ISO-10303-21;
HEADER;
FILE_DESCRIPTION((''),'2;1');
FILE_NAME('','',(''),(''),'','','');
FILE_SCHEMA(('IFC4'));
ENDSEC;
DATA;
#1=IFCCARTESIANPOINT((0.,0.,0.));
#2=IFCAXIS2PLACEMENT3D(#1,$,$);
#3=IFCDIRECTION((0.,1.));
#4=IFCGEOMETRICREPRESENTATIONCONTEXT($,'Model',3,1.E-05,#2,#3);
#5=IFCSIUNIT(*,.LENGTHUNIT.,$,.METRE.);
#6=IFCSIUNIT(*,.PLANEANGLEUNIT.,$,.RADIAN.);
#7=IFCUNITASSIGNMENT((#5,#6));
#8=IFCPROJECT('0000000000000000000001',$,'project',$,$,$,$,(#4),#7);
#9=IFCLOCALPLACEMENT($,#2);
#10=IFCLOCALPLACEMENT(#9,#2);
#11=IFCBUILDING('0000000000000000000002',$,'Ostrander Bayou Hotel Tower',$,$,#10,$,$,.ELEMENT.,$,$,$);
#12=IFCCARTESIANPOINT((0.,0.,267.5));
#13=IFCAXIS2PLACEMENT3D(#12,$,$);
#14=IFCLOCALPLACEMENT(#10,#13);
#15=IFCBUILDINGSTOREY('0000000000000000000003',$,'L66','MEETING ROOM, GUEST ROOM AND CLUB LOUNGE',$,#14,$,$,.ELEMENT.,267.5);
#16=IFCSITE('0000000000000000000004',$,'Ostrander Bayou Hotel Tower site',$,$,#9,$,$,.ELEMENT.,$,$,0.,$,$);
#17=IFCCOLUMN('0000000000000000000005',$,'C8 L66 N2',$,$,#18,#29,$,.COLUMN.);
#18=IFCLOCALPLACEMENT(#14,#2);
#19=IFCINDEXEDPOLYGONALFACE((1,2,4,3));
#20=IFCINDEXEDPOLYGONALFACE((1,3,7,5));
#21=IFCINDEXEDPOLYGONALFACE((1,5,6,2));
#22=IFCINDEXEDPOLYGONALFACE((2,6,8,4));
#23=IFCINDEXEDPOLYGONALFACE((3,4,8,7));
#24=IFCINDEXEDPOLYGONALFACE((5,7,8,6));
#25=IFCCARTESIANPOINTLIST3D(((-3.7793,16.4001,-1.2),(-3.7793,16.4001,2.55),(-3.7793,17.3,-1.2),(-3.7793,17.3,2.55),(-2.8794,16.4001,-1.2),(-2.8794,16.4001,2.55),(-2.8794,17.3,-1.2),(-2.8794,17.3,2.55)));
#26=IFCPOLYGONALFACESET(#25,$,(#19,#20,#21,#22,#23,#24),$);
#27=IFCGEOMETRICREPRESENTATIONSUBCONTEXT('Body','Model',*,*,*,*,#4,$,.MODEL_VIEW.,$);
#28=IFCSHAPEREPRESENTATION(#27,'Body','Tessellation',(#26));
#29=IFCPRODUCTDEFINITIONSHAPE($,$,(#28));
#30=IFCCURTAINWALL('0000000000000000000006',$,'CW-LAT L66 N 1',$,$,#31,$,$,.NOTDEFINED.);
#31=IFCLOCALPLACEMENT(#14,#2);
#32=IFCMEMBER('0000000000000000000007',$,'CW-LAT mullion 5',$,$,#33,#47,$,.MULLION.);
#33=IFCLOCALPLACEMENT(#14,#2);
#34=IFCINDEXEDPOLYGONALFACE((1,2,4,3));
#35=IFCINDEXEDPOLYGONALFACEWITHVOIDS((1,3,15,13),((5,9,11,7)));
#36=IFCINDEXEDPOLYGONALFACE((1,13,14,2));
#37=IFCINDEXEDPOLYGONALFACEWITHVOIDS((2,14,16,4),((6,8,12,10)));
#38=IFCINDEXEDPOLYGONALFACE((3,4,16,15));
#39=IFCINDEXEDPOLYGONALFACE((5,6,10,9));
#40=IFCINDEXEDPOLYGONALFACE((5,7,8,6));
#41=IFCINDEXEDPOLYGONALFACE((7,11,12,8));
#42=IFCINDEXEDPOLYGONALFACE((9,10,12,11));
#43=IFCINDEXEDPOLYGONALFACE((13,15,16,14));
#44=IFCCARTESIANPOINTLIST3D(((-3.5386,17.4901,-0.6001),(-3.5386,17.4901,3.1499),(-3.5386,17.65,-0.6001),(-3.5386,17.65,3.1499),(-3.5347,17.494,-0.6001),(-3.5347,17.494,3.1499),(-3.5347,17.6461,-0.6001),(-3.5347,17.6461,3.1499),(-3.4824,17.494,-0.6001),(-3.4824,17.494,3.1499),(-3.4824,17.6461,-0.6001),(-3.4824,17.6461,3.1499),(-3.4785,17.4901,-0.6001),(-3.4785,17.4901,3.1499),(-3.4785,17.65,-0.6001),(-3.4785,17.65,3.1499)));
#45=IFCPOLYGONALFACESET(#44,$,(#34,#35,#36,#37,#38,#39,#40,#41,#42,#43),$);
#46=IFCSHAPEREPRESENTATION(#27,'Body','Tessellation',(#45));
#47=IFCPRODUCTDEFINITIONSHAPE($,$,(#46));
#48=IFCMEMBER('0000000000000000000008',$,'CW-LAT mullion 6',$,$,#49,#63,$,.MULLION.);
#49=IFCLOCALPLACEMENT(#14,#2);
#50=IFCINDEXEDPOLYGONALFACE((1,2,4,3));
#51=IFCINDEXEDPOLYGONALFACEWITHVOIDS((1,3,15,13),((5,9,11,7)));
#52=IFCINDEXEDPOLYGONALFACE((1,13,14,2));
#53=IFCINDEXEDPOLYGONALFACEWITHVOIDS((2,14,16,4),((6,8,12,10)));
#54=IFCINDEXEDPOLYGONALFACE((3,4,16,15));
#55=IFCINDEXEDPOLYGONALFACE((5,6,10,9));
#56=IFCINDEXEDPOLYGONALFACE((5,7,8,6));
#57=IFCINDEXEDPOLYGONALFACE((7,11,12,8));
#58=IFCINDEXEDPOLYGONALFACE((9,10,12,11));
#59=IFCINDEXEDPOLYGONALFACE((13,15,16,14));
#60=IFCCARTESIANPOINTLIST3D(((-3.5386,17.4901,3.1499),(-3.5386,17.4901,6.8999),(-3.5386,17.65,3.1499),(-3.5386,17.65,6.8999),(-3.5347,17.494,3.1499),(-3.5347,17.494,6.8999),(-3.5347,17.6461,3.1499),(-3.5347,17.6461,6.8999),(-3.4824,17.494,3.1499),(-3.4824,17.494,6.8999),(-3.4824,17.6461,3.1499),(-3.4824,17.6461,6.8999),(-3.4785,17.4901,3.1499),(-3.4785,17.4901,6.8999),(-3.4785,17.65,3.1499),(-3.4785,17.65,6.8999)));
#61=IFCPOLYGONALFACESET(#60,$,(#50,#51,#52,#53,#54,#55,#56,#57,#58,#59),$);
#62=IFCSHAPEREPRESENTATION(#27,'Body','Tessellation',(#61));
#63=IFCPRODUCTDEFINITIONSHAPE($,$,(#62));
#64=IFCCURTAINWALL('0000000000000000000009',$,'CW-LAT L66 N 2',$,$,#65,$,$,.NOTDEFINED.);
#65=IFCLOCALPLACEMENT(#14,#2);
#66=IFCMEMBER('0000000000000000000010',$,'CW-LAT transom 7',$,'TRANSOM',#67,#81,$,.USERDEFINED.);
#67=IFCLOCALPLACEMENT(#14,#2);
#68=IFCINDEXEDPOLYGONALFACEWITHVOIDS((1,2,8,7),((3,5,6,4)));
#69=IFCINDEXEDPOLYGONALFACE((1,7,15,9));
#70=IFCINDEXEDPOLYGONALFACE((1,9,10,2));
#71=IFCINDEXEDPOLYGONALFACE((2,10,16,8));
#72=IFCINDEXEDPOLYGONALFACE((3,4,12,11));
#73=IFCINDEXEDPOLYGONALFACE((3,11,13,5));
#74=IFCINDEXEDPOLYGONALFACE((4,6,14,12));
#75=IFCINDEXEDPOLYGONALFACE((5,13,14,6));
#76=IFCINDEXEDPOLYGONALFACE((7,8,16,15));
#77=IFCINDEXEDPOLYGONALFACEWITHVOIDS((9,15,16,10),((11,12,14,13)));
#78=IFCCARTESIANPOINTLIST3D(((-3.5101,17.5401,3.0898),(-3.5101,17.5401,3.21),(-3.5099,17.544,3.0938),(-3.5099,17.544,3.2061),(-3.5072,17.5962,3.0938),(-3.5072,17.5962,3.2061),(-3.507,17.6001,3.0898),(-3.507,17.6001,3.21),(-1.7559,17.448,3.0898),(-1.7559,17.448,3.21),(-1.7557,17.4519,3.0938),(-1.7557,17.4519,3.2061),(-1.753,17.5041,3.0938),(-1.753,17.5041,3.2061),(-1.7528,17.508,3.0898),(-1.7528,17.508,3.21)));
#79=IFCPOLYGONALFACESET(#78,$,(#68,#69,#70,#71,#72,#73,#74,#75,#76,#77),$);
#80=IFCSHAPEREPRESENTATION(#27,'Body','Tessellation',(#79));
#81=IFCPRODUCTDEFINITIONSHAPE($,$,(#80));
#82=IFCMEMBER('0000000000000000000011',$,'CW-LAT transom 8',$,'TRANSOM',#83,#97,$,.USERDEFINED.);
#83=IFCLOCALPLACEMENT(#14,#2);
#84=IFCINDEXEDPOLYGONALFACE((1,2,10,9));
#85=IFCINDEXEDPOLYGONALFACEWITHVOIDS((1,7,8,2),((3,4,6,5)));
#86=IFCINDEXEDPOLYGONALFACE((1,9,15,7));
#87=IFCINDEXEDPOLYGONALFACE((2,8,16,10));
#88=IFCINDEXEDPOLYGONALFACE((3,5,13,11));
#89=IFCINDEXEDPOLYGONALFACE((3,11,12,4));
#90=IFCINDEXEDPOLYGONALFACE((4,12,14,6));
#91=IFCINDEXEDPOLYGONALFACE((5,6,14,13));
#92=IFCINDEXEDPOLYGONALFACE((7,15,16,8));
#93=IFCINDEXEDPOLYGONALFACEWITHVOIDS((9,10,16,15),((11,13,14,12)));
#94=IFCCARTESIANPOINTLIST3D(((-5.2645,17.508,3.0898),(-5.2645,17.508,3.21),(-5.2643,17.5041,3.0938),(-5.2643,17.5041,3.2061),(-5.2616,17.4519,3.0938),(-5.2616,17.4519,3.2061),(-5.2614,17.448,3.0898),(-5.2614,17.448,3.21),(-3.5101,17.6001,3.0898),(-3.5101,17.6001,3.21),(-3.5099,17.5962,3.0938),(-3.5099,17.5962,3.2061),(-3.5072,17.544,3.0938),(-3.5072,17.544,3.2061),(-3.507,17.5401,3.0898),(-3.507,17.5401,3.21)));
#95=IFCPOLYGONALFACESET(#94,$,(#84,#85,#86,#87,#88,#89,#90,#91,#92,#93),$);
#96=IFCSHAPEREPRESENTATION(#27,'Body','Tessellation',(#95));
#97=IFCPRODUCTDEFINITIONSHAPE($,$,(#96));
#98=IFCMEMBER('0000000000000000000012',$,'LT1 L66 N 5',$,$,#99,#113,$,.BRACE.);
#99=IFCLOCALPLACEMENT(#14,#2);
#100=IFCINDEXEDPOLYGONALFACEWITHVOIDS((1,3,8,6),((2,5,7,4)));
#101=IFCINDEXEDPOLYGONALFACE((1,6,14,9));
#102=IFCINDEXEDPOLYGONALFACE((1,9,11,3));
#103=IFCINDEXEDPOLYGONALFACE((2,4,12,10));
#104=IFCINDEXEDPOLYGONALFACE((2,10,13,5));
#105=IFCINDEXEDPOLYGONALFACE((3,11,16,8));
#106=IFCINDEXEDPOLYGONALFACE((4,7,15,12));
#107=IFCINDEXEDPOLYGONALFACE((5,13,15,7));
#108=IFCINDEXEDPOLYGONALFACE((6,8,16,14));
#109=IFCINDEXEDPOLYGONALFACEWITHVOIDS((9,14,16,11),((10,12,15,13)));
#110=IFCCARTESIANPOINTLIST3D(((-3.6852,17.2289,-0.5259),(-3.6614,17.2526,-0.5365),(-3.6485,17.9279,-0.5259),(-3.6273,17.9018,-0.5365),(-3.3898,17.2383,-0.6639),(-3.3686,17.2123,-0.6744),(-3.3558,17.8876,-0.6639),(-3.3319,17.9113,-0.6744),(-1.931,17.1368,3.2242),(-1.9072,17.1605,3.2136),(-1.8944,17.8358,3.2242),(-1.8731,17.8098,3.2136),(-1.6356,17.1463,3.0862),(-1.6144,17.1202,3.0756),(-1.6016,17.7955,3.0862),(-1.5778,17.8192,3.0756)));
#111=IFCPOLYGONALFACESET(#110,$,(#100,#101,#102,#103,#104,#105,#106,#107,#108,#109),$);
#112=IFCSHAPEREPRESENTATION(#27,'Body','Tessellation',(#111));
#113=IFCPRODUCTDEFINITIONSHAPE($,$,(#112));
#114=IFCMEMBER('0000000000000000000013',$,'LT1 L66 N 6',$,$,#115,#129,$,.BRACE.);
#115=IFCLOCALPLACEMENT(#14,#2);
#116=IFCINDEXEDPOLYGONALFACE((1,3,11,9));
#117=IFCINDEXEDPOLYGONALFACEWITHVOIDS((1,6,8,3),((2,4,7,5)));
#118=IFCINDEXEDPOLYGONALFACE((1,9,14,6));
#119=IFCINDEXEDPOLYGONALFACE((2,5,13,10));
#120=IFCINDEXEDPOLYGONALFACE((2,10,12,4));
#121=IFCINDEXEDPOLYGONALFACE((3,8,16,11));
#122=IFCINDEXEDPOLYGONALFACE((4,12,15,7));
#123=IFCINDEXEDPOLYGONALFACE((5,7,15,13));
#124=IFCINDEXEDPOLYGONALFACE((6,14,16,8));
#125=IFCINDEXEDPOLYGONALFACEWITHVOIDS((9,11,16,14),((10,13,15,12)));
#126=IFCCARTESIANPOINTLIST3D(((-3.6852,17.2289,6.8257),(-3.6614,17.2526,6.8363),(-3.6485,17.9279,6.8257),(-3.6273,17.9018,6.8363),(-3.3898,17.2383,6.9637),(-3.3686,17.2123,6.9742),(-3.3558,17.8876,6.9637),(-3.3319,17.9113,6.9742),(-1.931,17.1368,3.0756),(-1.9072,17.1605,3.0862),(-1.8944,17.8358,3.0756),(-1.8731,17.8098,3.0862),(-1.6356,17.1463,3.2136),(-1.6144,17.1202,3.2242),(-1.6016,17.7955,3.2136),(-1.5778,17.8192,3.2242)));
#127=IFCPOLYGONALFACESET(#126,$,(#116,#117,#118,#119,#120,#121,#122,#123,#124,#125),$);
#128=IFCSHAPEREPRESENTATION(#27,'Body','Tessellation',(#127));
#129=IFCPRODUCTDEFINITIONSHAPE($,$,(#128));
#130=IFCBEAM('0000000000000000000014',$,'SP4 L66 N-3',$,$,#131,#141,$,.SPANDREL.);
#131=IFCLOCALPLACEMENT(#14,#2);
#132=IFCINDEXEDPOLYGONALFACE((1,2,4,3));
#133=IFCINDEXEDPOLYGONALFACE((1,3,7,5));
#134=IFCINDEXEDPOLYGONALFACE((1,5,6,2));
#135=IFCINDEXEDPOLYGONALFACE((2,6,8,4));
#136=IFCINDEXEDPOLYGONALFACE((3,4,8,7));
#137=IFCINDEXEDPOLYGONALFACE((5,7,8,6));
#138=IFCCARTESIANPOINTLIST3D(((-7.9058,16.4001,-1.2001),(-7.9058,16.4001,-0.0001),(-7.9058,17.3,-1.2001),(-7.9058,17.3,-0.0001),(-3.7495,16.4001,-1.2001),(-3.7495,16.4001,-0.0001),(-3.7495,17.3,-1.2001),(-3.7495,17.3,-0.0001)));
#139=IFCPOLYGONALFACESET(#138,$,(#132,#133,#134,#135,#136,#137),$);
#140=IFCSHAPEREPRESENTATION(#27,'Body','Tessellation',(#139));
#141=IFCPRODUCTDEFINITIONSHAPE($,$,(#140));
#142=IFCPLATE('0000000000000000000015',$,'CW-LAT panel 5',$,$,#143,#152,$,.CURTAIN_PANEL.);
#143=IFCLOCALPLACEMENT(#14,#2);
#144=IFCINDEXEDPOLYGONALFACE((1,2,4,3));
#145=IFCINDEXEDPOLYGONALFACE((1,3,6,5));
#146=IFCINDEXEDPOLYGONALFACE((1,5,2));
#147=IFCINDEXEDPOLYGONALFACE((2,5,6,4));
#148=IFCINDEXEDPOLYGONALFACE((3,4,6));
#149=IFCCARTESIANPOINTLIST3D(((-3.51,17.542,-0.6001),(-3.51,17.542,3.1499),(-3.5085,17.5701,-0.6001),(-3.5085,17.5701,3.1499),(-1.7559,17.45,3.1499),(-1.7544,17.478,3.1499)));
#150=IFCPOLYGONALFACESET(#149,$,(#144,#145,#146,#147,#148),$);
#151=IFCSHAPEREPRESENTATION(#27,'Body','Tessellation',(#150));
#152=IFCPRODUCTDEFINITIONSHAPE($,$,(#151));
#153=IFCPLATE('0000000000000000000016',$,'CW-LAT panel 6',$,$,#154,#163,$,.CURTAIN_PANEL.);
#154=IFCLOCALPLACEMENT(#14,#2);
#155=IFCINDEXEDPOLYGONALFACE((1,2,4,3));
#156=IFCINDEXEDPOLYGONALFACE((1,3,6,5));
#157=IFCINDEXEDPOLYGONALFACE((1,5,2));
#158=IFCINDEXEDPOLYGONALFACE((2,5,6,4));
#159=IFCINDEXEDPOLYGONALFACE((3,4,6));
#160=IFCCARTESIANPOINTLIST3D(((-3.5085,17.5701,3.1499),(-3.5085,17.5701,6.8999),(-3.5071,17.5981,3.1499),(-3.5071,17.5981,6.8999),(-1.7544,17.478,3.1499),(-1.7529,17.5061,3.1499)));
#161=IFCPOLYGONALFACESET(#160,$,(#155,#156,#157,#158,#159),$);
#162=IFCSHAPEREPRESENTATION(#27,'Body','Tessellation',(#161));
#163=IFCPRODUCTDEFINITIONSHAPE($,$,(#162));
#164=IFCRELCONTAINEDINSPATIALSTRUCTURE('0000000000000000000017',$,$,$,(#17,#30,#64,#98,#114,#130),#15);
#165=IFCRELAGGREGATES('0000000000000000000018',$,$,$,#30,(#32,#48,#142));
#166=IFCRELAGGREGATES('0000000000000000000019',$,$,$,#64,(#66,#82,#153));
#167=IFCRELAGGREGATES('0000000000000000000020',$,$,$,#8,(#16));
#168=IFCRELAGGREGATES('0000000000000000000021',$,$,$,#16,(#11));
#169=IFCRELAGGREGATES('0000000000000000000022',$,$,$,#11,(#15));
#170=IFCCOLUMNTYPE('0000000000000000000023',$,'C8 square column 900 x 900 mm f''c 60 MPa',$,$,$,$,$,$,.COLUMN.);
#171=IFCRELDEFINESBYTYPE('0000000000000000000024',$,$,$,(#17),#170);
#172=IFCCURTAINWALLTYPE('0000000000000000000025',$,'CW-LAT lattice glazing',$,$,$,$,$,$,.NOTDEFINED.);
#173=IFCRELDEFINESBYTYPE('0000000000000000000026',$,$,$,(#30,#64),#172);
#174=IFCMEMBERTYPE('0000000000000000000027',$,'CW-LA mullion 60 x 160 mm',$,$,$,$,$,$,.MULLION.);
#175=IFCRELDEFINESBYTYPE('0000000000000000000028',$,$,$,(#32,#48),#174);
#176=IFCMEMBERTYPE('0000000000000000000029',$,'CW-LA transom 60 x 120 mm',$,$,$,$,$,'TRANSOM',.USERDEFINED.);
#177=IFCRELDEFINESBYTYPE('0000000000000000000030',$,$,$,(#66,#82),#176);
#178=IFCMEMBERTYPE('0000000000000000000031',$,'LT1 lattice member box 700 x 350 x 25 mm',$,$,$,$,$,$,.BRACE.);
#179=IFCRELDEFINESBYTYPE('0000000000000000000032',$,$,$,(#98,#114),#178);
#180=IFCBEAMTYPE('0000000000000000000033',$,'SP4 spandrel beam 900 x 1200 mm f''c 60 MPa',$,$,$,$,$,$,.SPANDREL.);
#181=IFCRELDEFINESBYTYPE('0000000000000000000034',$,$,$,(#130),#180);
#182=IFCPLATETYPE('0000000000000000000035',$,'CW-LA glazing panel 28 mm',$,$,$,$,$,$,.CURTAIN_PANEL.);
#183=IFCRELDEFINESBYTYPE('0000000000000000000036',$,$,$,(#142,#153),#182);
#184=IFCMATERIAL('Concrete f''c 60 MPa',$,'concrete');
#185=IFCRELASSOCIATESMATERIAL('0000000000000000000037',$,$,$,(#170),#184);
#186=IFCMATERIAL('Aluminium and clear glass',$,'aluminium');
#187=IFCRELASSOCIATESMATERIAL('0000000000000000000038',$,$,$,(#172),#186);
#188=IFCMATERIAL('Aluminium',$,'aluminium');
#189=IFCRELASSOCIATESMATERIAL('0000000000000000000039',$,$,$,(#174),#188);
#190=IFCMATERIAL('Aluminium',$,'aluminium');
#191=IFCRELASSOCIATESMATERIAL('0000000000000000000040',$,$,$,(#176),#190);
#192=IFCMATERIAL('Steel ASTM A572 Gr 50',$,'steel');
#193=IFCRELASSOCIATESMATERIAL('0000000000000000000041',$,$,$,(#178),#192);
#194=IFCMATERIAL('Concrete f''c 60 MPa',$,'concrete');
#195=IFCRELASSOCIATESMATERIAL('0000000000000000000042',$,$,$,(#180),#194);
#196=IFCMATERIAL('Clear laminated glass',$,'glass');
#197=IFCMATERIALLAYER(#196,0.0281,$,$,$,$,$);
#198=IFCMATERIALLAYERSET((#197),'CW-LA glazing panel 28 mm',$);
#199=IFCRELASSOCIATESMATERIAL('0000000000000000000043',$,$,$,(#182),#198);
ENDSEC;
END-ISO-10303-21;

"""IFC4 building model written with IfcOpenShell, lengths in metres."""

from ifc_helpers import new_model, si_unit, direction, frame, origin, origin_2d, place, context, subcontext, project, spatial, polyline, rectangle, hollow_rectangle, outline, extrude, material, layer, layer_set, material_profile, profile_set, type_object, element, aggregate, save


model = new_model("IFC4")

# Units and contexts
model_context = context("Model", 3, precision=1e-05, world=origin(), true_north=direction((0.0, 1.0)))
body_context = subcontext(model_context, "Body", "Model", "MODEL_VIEW")
ifc_project = project(units=[si_unit("LENGTHUNIT", "METRE"), si_unit("PLANEANGLEUNIT", "RADIAN")], contexts=[model_context])

# Site, building, storey
site_placement = place(None, origin())
site = spatial("IfcSite", under=ifc_project, at=site_placement, Name="Ostrander Bayou Hotel Tower site", CompositionType="ELEMENT", RefElevation=0.0)
building_placement = place(site_placement, origin())
building = spatial("IfcBuilding", under=site, at=building_placement, Name="Ostrander Bayou Hotel Tower", CompositionType="ELEMENT")
storey_placement = place(building_placement, frame((0.0, 0.0, 267.5)))
storey = spatial("IfcBuildingStorey", under=building, at=storey_placement, Name="L66", Description="MEETING ROOM, GUEST ROOM AND CLUB LOUNGE", CompositionType="ELEMENT", Elevation=267.5)

# Column
ifc_material_1 = material(Name="Concrete f'c 60 MPa", Category="concrete")
ifc_material_profile_1 = material_profile(ifc_material_1, rectangle(XDim=0.8999, YDim=0.8999, at=origin_2d()))
ifc_profile_set_1 = profile_set([ifc_material_profile_1], Name="Concrete f'c 60 MPa")
column_type = type_object("IfcColumnType", Name="C8 square column 900 x 900 mm f'c 60 MPa", PredefinedType="COLUMN", material=ifc_profile_set_1)
column_placement = place(storey_placement, frame((-3.3293, 16.8501, -1.2), z_axis=(0.0, 0.0, 1.0), x_axis=(1.0, 0.0, 0.0)))
element("IfcColumn", 1, at=column_placement, inside=storey, type_object=column_type, Name="C8 L66 N2", PredefinedType="COLUMN", context=body_context, shape_type="SweptSolid", body=[
    extrude(rectangle(XDim=0.8999, YDim=0.8999, at=origin_2d()), origin(), (0.0, 0.0, 1.0), 3.75),
])

# Curtain walls, members
ifc_material_2 = material(Name="Aluminium and clear glass", Category="aluminium")
curtain_wall_type = type_object("IfcCurtainWallType", Name="CW-LAT lattice glazing", PredefinedType="NOTDEFINED", material=ifc_material_2)
curtain_wall_1_placement = place(storey_placement, origin())
curtain_wall_1 = element("IfcCurtainWall", 2, at=curtain_wall_1_placement, inside=storey, type_object=curtain_wall_type, Name="CW-LAT L66 N 1", PredefinedType="NOTDEFINED")
ifc_material_3 = material(Name="Aluminium", Category="aluminium")
ifc_material_profile_2 = material_profile(ifc_material_3, hollow_rectangle(XDim=0.0601, YDim=0.1599, WallThickness=0.0039, at=origin_2d()))
ifc_profile_set_2 = profile_set([ifc_material_profile_2], Name="Aluminium")
member_type_1 = type_object("IfcMemberType", Name="CW-LA mullion 60 x 160 mm", PredefinedType="MULLION", material=ifc_profile_set_2)
member_1_placement = place(storey_placement, frame((-3.5085, 17.5701, -0.6001), z_axis=(0.0, 0.0, 1.0), x_axis=(1.0, 0.0, 0.0)))
member_1 = element("IfcMember", 3, at=member_1_placement, type_object=member_type_1, Name="CW-LAT mullion 5", PredefinedType="MULLION", context=body_context, shape_type="SweptSolid", body=[
    extrude(hollow_rectangle(XDim=0.0601, YDim=0.1599, WallThickness=0.0039, at=origin_2d()), origin(), (0.0, 0.0, 1.0), 3.75),
])
member_2_placement = place(storey_placement, frame((-3.5085, 17.5701, 3.1499), z_axis=(0.0, 0.0, 1.0), x_axis=(1.0, 0.0, 0.0)))
member_2 = element("IfcMember", 4, at=member_2_placement, type_object=member_type_1, Name="CW-LAT mullion 6", PredefinedType="MULLION", context=body_context, shape_type="SweptSolid", body=[
    extrude(hollow_rectangle(XDim=0.0601, YDim=0.1599, WallThickness=0.0039, at=origin_2d()), origin(), (0.0, 0.0, 1.0), 3.75),
])
curtain_wall_2_placement = place(storey_placement, origin())
curtain_wall_2 = element("IfcCurtainWall", 5, at=curtain_wall_2_placement, inside=storey, type_object=curtain_wall_type, Name="CW-LAT L66 N 2", PredefinedType="NOTDEFINED")
ifc_material_4 = material(Name="Aluminium", Category="aluminium")
ifc_material_profile_3 = material_profile(ifc_material_4, hollow_rectangle(XDim=0.0601, YDim=0.1201, WallThickness=0.0039, at=origin_2d()))
ifc_profile_set_3 = profile_set([ifc_material_profile_3], Name="Aluminium")
member_type_2 = type_object("IfcMemberType", Name="CW-LA transom 60 x 120 mm", ElementType="TRANSOM", PredefinedType="USERDEFINED", material=ifc_profile_set_3)
member_3_placement = place(storey_placement, frame((-3.5085, 17.5701, 3.1499), z_axis=(0.998626, -0.052398, 0.0), x_axis=(0.052398, 0.998626, 0.0)))
member_3 = element("IfcMember", 6, at=member_3_placement, type_object=member_type_2, Name="CW-LAT transom 7", ObjectType="TRANSOM", PredefinedType="USERDEFINED", context=body_context, shape_type="SweptSolid", body=[
    extrude(hollow_rectangle(XDim=0.0601, YDim=0.1201, WallThickness=0.0039, at=origin_2d()), origin(), (0.0, 0.0, 1.0), 1.7566),
])
member_4_placement = place(storey_placement, frame((-3.5085, 17.5701, 3.1499), z_axis=(-0.998627, -0.052391, 0.0), x_axis=(0.052391, -0.998627, 0.0)))
member_4 = element("IfcMember", 7, at=member_4_placement, type_object=member_type_2, Name="CW-LAT transom 8", ObjectType="TRANSOM", PredefinedType="USERDEFINED", context=body_context, shape_type="SweptSolid", body=[
    extrude(hollow_rectangle(XDim=0.0601, YDim=0.1201, WallThickness=0.0039, at=origin_2d()), origin(), (0.0, 0.0, 1.0), 1.7568),
])

# Members
ifc_material_5 = material(Name="Steel ASTM A572 Gr 50", Category="steel")
ifc_material_profile_4 = material_profile(ifc_material_5, hollow_rectangle(XDim=0.7, YDim=0.3501, WallThickness=0.0249, at=origin_2d()))
ifc_profile_set_4 = profile_set([ifc_material_profile_4], Name="Steel ASTM A572 Gr 50")
member_type_3 = type_object("IfcMemberType", Name="LT1 lattice member box 700 x 350 x 25 mm", PredefinedType="BRACE", material=ifc_profile_set_4)
for number, where, z_axis, x_axis, name in (
    (8, (-1.7544, 17.478, 3.1499), (-0.423604, 0.022227, -0.905575), (-0.052398, -0.998626, 0.0), "LT1 L66 N 5"),
    (9, (-1.7544, 17.478, 3.1499), (-0.423604, 0.022227, 0.905575), (-0.052398, -0.998626, 0.0), "LT1 L66 N 6"),
):
    element("IfcMember", number, at=place(storey_placement, frame(where, z_axis=z_axis, x_axis=x_axis)), inside=storey, type_object=member_type_3, Name=name, PredefinedType="BRACE", context=body_context, shape_type="SweptSolid", body=[
        extrude(hollow_rectangle(XDim=0.7, YDim=0.3501, WallThickness=0.0249, at=origin_2d()), origin(), (0.0, 0.0, 1.0), 4.1411),
    ])

# Beam
ifc_material_6 = material(Name="Concrete f'c 60 MPa", Category="concrete")
ifc_material_profile_5 = material_profile(ifc_material_6, rectangle(XDim=0.8999, YDim=1.2, at=origin_2d()))
ifc_profile_set_5 = profile_set([ifc_material_profile_5], Name="Concrete f'c 60 MPa")
beam_type = type_object("IfcBeamType", Name="SP4 spandrel beam 900 x 1200 mm f'c 60 MPa", PredefinedType="SPANDREL", material=ifc_profile_set_5)
beam_placement = place(storey_placement, frame((-3.7495, 16.8501, -0.6001), z_axis=(-1.0, 0.0, 0.0), x_axis=(0.0, -1.0, 0.0)))
element("IfcBeam", 10, at=beam_placement, inside=storey, type_object=beam_type, Name="SP4 L66 N-3", PredefinedType="SPANDREL", context=body_context, shape_type="SweptSolid", body=[
    extrude(rectangle(XDim=0.8999, YDim=1.2, at=origin_2d()), origin(), (0.0, 0.0, 1.0), 4.1562),
])

# Plates
ifc_material_7 = material(Name="Clear laminated glass", Category="glass")
ifc_layer_1 = layer(ifc_material_7, 0.0281)
ifc_layer_set_1 = layer_set([ifc_layer_1], Name="CW-LA glazing panel 28 mm")
plate_type = type_object("IfcPlateType", Name="CW-LA glazing panel 28 mm", PredefinedType="CURTAIN_PANEL", material=ifc_layer_set_1)
plate_1_placement = place(storey_placement, frame((-1.7544, 17.478, 3.1499), z_axis=(0.052398, 0.998626, 0.0), x_axis=(-0.423604, 0.022227, -0.905575)))
plate_1 = element("IfcPlate", 11, at=plate_1_placement, type_object=plate_type, Name="CW-LAT panel 5", PredefinedType="CURTAIN_PANEL", context=body_context, shape_type="SweptSolid", body=[
    extrude(outline(polyline([(0.0, 0.0), (4.141, 0.0), (0.7451, 1.5907), (0.0, 0.0)])), origin(), (0.0, 0.0, -1.0), 0.0281),
])
aggregate(curtain_wall_1, [member_1, member_2, plate_1])
plate_2_placement = place(storey_placement, frame((-1.7544, 17.478, 3.1499), z_axis=(-0.052398, -0.998626, 0.0), x_axis=(-0.423604, 0.022227, 0.905575)))
plate_2 = element("IfcPlate", 12, at=plate_2_placement, type_object=plate_type, Name="CW-LAT panel 6", PredefinedType="CURTAIN_PANEL", context=body_context, shape_type="SweptSolid", body=[
    extrude(outline(polyline([(0.0, 0.0), (4.141, 0.0), (0.7451, 1.5907), (0.0, 0.0)])), origin(), (0.0, 0.0, -1.0), 0.0281),
])
aggregate(curtain_wall_2, [member_3, member_4, plate_2])

save(model, "model.ifc")
